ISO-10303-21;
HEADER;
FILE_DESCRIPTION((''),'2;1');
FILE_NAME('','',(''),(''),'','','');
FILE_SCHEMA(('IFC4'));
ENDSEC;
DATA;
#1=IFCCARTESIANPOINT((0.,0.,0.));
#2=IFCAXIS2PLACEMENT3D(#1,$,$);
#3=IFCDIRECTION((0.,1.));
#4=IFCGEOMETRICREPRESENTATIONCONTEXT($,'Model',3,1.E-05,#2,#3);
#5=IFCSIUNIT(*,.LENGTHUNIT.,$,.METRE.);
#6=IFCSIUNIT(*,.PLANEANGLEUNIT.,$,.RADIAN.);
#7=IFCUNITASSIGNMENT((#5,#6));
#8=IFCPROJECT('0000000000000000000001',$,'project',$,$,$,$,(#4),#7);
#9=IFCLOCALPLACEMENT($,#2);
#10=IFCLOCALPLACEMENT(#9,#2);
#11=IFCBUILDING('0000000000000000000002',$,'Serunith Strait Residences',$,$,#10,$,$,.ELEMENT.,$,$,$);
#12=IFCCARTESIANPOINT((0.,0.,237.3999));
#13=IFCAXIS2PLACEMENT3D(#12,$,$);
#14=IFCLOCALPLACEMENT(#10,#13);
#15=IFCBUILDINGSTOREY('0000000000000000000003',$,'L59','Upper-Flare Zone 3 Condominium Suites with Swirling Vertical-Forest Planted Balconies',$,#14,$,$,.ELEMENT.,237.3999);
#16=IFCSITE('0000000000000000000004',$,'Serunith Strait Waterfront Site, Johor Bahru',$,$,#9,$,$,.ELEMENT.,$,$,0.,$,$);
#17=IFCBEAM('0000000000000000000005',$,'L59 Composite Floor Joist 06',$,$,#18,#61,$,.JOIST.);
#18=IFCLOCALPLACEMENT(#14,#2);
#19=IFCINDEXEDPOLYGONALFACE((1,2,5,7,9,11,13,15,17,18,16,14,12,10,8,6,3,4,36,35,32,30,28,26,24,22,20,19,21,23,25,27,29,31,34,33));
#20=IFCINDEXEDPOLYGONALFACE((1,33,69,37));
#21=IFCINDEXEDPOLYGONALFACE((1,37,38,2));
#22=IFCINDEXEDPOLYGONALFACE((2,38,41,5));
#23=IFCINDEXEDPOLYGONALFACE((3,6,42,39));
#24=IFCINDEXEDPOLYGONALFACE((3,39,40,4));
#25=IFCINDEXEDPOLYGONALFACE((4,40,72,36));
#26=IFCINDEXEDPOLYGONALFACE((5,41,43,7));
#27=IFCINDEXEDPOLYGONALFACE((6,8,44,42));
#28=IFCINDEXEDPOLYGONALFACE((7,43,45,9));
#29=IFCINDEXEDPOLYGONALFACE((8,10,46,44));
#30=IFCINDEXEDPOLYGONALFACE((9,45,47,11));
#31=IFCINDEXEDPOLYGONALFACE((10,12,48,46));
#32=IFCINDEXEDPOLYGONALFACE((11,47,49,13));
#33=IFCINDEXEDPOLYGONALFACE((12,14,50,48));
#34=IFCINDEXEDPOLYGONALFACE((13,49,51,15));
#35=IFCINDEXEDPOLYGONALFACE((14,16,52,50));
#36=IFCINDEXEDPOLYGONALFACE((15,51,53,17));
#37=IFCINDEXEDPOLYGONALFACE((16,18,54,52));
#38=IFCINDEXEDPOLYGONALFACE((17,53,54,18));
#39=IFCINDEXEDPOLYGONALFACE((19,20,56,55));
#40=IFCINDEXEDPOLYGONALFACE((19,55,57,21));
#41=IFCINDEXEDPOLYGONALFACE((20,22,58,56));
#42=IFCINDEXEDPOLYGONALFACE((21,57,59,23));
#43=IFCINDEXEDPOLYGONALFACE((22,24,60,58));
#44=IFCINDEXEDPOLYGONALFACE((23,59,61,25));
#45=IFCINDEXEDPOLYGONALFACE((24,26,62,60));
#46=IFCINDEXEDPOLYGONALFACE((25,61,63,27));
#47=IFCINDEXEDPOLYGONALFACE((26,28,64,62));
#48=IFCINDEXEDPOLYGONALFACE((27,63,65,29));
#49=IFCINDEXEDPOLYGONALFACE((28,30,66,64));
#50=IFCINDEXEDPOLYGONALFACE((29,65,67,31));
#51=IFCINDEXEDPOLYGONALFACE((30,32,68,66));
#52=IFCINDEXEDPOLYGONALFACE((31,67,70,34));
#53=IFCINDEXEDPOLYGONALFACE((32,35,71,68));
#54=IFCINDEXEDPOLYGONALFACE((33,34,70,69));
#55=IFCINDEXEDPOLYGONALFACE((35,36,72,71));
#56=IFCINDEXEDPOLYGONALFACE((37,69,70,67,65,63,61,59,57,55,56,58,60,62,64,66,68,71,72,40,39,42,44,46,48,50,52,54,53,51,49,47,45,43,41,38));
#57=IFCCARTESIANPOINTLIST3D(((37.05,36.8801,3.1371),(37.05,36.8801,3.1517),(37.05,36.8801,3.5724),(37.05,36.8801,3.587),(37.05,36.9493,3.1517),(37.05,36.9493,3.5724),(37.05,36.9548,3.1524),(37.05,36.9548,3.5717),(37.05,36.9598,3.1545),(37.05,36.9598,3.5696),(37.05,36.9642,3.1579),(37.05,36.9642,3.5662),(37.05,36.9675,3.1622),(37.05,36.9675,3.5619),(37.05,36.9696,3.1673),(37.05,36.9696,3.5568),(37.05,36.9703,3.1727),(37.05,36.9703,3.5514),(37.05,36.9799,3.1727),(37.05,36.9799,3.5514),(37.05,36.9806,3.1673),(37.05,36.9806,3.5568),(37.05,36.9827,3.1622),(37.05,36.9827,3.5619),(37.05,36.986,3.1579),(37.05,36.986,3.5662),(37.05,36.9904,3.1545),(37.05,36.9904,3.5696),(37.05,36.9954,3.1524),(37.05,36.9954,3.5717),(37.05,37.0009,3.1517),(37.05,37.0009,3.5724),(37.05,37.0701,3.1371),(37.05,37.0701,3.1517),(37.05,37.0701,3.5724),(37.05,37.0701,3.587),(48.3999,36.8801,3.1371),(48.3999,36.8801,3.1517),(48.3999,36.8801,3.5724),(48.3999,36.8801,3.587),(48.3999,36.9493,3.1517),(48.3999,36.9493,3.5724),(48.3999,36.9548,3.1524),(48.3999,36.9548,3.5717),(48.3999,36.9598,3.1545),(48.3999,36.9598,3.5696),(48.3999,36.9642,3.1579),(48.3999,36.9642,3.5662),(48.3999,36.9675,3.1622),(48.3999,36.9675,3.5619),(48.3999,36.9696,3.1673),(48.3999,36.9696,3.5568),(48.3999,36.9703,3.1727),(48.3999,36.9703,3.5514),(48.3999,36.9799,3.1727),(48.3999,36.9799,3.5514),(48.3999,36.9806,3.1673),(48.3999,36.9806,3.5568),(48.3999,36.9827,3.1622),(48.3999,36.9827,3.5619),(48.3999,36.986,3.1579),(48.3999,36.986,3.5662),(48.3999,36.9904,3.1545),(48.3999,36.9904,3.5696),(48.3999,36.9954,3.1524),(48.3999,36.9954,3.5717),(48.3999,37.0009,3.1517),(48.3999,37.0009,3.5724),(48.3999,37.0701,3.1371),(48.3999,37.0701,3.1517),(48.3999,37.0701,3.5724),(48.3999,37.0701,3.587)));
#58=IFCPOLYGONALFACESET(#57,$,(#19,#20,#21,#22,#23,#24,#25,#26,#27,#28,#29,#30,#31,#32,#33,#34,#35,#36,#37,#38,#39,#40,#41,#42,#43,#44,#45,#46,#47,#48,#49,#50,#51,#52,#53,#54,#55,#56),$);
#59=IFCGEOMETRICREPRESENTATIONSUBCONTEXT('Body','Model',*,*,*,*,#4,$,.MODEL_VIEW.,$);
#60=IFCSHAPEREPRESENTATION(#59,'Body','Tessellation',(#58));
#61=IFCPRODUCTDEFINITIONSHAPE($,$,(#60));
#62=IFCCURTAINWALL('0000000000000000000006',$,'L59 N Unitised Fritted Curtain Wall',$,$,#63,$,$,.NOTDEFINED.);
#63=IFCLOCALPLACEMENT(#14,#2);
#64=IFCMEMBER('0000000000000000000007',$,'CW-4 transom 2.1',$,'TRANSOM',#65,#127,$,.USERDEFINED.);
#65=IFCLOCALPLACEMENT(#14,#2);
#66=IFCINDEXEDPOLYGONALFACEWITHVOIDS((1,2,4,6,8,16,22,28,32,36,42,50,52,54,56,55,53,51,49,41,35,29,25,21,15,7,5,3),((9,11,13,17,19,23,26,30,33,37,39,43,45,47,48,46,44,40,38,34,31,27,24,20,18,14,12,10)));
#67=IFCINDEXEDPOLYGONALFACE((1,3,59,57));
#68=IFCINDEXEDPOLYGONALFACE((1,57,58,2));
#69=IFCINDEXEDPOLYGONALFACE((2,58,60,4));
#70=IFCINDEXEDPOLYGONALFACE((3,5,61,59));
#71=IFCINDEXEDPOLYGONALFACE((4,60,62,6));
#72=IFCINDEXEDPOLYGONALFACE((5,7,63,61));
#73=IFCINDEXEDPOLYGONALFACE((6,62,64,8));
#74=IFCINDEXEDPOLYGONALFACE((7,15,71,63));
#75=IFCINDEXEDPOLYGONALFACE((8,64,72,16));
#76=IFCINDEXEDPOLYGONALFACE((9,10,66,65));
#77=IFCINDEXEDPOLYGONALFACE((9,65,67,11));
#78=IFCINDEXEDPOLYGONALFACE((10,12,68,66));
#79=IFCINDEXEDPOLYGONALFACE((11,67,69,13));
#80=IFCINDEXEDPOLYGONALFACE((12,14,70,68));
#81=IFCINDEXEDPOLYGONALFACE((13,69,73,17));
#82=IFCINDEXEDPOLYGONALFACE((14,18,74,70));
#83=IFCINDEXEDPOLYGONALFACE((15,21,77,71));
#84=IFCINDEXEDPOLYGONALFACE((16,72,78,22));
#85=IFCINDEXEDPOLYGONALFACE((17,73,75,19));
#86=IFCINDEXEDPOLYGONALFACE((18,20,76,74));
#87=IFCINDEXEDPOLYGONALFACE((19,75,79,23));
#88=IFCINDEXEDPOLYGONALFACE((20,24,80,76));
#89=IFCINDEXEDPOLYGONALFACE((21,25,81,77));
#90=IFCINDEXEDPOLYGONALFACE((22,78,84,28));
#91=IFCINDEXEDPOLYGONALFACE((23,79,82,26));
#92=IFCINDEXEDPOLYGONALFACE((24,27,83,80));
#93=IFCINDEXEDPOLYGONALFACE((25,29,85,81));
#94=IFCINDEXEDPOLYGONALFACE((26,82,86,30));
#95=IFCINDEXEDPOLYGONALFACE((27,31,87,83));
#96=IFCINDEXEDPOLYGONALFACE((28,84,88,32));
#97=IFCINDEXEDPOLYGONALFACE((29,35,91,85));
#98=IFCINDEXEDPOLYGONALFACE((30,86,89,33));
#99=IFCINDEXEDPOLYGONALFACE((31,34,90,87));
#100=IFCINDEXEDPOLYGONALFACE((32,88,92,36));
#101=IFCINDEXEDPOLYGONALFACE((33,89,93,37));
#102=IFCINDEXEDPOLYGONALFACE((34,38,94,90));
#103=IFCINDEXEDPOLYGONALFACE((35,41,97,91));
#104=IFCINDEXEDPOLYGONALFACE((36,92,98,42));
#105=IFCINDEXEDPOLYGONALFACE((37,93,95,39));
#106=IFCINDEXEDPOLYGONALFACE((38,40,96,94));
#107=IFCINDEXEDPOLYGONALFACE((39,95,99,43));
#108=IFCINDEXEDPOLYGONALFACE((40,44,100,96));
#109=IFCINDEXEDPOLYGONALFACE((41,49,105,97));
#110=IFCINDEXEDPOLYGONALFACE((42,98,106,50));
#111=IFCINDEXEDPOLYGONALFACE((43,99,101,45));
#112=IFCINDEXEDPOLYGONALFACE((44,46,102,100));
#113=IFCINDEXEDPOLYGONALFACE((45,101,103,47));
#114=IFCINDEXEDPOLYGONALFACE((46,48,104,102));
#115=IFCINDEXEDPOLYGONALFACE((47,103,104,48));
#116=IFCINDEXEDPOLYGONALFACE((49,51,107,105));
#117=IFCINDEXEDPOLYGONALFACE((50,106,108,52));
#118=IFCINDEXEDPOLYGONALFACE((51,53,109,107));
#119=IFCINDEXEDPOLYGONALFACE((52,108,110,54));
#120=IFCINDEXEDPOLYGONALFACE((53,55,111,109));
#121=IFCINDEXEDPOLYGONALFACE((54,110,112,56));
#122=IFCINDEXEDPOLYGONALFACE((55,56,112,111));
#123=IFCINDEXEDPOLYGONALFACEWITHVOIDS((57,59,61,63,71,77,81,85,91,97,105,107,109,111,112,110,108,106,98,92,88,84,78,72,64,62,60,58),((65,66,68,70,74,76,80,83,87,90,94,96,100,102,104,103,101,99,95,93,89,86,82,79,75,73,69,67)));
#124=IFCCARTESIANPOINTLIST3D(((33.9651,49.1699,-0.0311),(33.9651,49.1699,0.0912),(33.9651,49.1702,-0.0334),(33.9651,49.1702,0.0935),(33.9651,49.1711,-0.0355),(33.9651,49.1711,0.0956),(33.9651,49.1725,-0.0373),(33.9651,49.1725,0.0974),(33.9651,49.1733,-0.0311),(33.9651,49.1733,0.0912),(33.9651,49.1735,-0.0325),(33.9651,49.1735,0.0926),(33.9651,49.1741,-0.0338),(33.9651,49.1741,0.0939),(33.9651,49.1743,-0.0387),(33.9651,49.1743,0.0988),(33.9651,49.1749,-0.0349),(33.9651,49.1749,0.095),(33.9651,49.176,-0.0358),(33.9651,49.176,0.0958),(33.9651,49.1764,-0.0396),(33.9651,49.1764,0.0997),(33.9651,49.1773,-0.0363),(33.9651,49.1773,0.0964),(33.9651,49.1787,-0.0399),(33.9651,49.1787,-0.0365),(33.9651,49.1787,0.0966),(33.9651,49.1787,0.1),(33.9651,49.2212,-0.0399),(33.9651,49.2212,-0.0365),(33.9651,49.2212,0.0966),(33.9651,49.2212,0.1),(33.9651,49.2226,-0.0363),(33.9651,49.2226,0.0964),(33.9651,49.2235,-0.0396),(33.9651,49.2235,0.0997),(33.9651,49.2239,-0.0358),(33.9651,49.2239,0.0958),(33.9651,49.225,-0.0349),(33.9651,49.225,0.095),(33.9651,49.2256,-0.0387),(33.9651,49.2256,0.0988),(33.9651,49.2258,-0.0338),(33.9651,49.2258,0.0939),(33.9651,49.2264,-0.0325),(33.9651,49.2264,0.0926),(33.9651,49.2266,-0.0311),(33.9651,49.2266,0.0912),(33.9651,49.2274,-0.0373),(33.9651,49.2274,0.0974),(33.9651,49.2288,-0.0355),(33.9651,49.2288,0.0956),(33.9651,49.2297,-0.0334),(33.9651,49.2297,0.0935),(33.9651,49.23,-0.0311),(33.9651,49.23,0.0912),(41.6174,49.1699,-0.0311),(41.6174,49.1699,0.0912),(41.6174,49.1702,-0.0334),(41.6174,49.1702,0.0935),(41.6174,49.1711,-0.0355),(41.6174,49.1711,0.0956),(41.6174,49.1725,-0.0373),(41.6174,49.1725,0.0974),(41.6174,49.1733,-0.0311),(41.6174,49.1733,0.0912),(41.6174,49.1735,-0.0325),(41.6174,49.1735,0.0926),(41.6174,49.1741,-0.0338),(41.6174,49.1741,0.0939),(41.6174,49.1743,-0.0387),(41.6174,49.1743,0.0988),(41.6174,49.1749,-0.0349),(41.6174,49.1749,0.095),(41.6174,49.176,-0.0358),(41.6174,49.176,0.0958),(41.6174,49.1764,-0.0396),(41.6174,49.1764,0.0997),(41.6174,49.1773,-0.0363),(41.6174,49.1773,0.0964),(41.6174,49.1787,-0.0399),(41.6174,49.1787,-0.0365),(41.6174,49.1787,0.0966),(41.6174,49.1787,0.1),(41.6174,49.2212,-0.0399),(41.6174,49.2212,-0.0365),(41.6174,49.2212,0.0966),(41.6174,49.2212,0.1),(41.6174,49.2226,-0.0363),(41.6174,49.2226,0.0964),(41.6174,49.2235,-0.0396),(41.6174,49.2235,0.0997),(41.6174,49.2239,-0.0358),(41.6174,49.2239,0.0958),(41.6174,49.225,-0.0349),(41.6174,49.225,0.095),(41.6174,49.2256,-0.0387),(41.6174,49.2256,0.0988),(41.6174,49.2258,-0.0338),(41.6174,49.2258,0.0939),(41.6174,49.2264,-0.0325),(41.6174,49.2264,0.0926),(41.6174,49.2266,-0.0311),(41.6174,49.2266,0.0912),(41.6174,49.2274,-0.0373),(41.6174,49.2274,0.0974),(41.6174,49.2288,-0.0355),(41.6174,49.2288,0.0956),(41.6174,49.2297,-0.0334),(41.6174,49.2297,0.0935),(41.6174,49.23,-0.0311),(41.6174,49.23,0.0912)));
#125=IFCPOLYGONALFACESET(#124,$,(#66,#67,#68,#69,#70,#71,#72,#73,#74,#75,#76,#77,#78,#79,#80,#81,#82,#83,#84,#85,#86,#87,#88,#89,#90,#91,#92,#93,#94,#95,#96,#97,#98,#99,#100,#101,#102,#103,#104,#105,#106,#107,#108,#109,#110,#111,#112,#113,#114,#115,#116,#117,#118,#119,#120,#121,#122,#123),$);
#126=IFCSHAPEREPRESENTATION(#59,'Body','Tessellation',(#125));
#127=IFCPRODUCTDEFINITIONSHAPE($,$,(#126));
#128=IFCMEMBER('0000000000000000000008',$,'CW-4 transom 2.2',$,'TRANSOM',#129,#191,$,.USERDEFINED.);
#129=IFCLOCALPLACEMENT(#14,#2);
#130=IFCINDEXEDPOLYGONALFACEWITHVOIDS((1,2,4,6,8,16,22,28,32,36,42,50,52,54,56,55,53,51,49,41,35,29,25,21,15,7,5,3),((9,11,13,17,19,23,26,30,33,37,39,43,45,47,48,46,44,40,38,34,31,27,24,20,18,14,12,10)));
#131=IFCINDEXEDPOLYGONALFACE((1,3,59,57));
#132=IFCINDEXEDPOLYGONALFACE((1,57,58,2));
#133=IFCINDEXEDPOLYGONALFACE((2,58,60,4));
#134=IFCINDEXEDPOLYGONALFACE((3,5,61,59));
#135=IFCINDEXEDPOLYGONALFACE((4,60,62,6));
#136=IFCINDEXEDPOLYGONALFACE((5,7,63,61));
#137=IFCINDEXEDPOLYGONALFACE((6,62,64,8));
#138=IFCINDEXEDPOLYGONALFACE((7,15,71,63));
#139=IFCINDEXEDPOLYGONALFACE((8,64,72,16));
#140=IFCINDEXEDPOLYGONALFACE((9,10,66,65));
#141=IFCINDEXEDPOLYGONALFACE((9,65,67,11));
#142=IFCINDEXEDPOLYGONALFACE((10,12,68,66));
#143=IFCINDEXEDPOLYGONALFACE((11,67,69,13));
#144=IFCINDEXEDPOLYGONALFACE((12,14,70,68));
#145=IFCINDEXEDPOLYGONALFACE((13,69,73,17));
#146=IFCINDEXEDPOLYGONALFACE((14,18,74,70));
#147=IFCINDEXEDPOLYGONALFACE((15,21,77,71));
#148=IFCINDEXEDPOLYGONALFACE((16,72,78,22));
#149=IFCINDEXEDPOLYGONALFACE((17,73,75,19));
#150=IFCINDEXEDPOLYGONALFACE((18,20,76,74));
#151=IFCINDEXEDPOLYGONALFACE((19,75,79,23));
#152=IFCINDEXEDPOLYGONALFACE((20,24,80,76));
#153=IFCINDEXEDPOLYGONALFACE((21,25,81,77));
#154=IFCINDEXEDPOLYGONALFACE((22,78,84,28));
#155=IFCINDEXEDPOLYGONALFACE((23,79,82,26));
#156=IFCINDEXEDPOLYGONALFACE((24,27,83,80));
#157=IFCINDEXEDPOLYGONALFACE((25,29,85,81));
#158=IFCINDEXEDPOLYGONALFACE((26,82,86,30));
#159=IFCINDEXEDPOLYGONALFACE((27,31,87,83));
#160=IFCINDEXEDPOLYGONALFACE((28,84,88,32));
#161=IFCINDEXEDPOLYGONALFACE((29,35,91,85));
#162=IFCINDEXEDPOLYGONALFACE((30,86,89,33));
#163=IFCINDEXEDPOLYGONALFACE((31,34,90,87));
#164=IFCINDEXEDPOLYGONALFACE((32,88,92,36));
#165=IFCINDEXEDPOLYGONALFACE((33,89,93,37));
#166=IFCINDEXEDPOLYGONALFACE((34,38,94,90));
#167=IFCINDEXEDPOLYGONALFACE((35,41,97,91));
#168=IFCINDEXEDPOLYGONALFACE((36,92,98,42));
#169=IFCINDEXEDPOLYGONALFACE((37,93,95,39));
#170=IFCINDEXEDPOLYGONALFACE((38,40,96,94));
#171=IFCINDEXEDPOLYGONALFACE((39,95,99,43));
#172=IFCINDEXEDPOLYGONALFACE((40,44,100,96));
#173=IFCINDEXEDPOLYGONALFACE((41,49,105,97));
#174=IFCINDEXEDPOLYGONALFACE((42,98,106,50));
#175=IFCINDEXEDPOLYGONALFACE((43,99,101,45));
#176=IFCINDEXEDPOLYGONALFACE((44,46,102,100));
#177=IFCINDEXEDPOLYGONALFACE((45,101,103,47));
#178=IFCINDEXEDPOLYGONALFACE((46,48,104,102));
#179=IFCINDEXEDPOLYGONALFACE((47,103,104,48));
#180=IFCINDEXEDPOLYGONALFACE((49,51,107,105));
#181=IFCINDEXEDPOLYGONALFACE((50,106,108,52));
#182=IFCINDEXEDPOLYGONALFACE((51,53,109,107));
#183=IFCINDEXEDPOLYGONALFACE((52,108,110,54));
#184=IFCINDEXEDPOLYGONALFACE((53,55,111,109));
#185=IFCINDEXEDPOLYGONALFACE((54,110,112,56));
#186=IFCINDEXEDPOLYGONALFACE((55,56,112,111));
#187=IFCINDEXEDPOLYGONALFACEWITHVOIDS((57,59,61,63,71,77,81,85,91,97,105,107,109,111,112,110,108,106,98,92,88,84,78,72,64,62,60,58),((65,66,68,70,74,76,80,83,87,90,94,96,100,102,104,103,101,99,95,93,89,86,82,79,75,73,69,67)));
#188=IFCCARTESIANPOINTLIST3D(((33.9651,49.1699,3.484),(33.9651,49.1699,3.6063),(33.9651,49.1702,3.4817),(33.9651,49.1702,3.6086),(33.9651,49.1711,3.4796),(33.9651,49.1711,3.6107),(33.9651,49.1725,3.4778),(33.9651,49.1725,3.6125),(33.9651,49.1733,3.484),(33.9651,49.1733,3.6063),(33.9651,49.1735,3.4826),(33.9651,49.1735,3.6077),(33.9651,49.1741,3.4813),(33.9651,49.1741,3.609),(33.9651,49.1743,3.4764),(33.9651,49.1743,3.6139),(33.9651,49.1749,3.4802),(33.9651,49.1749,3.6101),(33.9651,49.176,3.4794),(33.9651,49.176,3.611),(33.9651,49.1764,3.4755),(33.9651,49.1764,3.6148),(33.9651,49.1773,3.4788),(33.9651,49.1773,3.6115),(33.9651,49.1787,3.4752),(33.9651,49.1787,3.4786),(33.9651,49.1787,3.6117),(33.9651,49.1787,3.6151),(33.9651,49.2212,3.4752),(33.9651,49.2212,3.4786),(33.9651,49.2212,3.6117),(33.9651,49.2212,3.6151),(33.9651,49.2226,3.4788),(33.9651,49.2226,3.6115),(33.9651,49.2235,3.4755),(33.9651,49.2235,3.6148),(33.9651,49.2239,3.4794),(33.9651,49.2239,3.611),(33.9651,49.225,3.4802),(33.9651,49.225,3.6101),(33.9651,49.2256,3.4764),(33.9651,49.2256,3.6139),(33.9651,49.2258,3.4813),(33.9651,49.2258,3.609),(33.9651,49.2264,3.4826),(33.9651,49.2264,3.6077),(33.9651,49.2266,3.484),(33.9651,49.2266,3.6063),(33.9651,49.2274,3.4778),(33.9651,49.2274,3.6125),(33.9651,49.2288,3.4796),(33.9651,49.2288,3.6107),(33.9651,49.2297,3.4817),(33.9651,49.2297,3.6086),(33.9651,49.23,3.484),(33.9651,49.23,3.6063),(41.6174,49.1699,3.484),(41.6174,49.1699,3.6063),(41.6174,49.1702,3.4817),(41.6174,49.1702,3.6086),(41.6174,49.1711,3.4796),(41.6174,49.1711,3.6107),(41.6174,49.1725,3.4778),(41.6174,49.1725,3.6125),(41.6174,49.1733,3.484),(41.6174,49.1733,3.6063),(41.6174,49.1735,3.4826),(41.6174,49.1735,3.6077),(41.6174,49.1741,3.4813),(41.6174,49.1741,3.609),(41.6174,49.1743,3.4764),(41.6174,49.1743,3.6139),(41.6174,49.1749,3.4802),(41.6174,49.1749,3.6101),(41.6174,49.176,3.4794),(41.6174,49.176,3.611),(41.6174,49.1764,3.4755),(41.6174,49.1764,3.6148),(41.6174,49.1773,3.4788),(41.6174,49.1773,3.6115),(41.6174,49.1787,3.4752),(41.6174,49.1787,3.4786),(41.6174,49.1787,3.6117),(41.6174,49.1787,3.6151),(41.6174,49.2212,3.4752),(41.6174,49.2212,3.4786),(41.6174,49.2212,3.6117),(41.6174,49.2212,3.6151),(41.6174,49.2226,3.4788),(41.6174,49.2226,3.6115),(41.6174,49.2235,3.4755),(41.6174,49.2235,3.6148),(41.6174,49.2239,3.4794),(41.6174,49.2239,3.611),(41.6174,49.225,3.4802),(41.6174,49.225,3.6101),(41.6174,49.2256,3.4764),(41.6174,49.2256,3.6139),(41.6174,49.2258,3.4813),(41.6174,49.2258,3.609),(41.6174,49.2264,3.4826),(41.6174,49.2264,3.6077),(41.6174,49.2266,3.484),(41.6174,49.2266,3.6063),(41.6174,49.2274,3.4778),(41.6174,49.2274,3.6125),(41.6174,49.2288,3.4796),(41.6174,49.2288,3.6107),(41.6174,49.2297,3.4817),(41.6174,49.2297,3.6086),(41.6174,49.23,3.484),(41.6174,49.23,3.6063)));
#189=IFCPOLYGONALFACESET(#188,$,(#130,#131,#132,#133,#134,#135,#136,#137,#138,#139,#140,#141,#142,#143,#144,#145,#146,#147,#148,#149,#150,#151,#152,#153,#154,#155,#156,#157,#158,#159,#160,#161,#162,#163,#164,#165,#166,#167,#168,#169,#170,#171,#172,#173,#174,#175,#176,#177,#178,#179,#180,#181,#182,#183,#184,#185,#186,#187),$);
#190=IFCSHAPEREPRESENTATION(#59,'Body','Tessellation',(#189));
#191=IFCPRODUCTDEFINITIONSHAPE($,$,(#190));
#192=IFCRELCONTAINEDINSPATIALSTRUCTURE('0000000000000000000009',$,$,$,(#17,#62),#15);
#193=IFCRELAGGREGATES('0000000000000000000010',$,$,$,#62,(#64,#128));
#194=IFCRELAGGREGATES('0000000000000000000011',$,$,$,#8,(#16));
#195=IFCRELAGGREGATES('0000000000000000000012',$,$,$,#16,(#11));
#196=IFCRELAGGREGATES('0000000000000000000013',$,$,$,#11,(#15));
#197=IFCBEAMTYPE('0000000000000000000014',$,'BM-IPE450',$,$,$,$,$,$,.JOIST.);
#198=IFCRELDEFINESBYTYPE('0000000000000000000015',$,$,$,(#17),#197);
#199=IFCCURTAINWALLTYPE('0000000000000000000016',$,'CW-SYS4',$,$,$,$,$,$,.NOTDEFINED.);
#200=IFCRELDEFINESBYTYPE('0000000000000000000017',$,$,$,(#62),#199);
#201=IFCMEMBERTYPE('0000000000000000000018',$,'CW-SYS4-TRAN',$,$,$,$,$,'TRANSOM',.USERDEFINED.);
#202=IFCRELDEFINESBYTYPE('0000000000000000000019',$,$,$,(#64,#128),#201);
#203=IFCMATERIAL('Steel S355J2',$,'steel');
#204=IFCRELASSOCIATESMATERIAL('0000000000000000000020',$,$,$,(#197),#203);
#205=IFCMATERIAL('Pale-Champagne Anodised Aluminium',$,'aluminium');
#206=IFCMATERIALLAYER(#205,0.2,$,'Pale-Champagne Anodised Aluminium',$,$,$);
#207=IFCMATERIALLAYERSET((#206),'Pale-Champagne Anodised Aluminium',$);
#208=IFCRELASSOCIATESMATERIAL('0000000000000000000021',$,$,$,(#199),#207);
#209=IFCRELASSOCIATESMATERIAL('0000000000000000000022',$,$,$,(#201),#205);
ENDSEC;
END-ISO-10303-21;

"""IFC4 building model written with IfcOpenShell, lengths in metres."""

from ifc_helpers import new_model, si_unit, direction, frame, origin, origin_2d, place, context, subcontext, project, spatial, hollow_rectangle, i_section, extrude, source, transform, mapped, material, layer, layer_set, material_profile, profile_set, type_object, element, aggregate, save


model = new_model("IFC4")

# Units and contexts
model_context = context("Model", 3, precision=1e-05, world=origin(), true_north=direction((0.0, 1.0)))
body_context = subcontext(model_context, "Body", "Model", "MODEL_VIEW")
ifc_project = project(units=[si_unit("LENGTHUNIT", "METRE"), si_unit("PLANEANGLEUNIT", "RADIAN")], contexts=[model_context])

# Site, building, storey
site_placement = place(None, origin())
site = spatial("IfcSite", under=ifc_project, at=site_placement, Name="Serunith Strait Waterfront Site, Johor Bahru", CompositionType="ELEMENT", RefElevation=0.0)
building_placement = place(site_placement, origin())
building = spatial("IfcBuilding", under=site, at=building_placement, Name="Serunith Strait Residences", CompositionType="ELEMENT")
storey_placement = place(building_placement, frame((0.0, 0.0, 237.3999)))
storey = spatial("IfcBuildingStorey", under=building, at=storey_placement, Name="L59", Description="Upper-Flare Zone 3 Condominium Suites with Swirling Vertical-Forest Planted Balconies", CompositionType="ELEMENT", Elevation=237.3999)

# Beam
ifc_material_1 = material(Name="Steel S355J2", Category="steel")
ifc_material_profile_1 = material_profile(ifc_material_1, i_section(OverallWidth=0.1899, OverallDepth=0.45, WebThickness=0.0095, FlangeThickness=0.0146, FilletRadius=0.021, at=origin_2d()), Name="IPE 450")
ifc_profile_set_1 = profile_set([ifc_material_profile_1], Name="Steel S355J2")
beam_type_1 = type_object("IfcBeamType", Name="BM-IPE450", PredefinedType="JOIST", material=ifc_profile_set_1)
shared_shape_1 = source(origin(), body_context, "Body", "SweptSolid", [
    extrude(i_section(OverallWidth=0.1899, OverallDepth=0.45, WebThickness=0.0095, FlangeThickness=0.0146, FilletRadius=0.021, at=origin_2d()), origin(), (0.0, 0.0, 1.0), 11.3499),
])
beam_1_placement = place(storey_placement, frame((37.05, 36.9751, 3.3621), z_axis=(1.0, 0.0, 0.0), x_axis=(0.0, 1.0, 0.0)))
element("IfcBeam", 1, at=beam_1_placement, inside=storey, type_object=beam_type_1, Name="L59 Composite Floor Joist 06", PredefinedType="JOIST", context=body_context, shape_type="MappedRepresentation", body=[
    mapped(shared_shape_1, transform((0.0, 0.0, 0.0), scale=1.0)),
])

# Curtain wall, members
ifc_material_2 = material(Name="Pale-Champagne Anodised Aluminium", Category="aluminium")
ifc_layer_1 = layer(ifc_material_2, 0.2, Name="Pale-Champagne Anodised Aluminium")
ifc_layer_set_1 = layer_set([ifc_layer_1], Name="Pale-Champagne Anodised Aluminium")
curtain_wall_type = type_object("IfcCurtainWallType", Name="CW-SYS4", PredefinedType="NOTDEFINED", material=ifc_layer_set_1)
curtain_wall_1_placement = place(storey_placement, origin())
curtain_wall_1 = element("IfcCurtainWall", 2, at=curtain_wall_1_placement, inside=storey, type_object=curtain_wall_type, Name="L59 N Unitised Fritted Curtain Wall", PredefinedType="NOTDEFINED")
ifc_material_profile_2 = material_profile(ifc_material_2, hollow_rectangle(XDim=0.0601, YDim=0.1399, WallThickness=0.0034, InnerFilletRadius=0.0054, OuterFilletRadius=0.0088, at=origin_2d()), Name="ALU 140x60x3.5")
ifc_profile_set_2 = profile_set([ifc_material_profile_2], Name="Pale-Champagne Anodised Aluminium")
member_type_1 = type_object("IfcMemberType", Name="CW-SYS4-TRAN", ElementType="TRANSOM", PredefinedType="USERDEFINED", material=ifc_profile_set_2)
shared_shape_2 = source(origin(), body_context, "Body", "SweptSolid", [
    extrude(hollow_rectangle(XDim=0.0601, YDim=0.1399, WallThickness=0.0034, InnerFilletRadius=0.0054, OuterFilletRadius=0.0088, at=origin_2d()), origin(), (0.0, 0.0, 1.0), 7.6523),
])
member_1_placement = place(storey_placement, frame((41.6174, 49.2, 0.03), z_axis=(-1.0, 0.0, 0.0), x_axis=(0.0, -1.0, 0.0)))
member_1 = element("IfcMember", 3, at=member_1_placement, type_object=member_type_1, Name="CW-4 transom 2.1", ObjectType="TRANSOM", PredefinedType="USERDEFINED", context=body_context, shape_type="MappedRepresentation", body=[
    mapped(shared_shape_2, transform((0.0, 0.0, 0.0), scale=1.0)),
])
member_2_placement = place(storey_placement, frame((41.6174, 49.2, 3.5452), z_axis=(-1.0, 0.0, 0.0), x_axis=(0.0, -1.0, 0.0)))
member_2 = element("IfcMember", 4, at=member_2_placement, type_object=member_type_1, Name="CW-4 transom 2.2", ObjectType="TRANSOM", PredefinedType="USERDEFINED", context=body_context, shape_type="MappedRepresentation", body=[
    mapped(shared_shape_2, transform((0.0, 0.0, 0.0), scale=1.0)),
])

aggregate(curtain_wall_1, [member_1, member_2])

save(model, "model.ifc")
